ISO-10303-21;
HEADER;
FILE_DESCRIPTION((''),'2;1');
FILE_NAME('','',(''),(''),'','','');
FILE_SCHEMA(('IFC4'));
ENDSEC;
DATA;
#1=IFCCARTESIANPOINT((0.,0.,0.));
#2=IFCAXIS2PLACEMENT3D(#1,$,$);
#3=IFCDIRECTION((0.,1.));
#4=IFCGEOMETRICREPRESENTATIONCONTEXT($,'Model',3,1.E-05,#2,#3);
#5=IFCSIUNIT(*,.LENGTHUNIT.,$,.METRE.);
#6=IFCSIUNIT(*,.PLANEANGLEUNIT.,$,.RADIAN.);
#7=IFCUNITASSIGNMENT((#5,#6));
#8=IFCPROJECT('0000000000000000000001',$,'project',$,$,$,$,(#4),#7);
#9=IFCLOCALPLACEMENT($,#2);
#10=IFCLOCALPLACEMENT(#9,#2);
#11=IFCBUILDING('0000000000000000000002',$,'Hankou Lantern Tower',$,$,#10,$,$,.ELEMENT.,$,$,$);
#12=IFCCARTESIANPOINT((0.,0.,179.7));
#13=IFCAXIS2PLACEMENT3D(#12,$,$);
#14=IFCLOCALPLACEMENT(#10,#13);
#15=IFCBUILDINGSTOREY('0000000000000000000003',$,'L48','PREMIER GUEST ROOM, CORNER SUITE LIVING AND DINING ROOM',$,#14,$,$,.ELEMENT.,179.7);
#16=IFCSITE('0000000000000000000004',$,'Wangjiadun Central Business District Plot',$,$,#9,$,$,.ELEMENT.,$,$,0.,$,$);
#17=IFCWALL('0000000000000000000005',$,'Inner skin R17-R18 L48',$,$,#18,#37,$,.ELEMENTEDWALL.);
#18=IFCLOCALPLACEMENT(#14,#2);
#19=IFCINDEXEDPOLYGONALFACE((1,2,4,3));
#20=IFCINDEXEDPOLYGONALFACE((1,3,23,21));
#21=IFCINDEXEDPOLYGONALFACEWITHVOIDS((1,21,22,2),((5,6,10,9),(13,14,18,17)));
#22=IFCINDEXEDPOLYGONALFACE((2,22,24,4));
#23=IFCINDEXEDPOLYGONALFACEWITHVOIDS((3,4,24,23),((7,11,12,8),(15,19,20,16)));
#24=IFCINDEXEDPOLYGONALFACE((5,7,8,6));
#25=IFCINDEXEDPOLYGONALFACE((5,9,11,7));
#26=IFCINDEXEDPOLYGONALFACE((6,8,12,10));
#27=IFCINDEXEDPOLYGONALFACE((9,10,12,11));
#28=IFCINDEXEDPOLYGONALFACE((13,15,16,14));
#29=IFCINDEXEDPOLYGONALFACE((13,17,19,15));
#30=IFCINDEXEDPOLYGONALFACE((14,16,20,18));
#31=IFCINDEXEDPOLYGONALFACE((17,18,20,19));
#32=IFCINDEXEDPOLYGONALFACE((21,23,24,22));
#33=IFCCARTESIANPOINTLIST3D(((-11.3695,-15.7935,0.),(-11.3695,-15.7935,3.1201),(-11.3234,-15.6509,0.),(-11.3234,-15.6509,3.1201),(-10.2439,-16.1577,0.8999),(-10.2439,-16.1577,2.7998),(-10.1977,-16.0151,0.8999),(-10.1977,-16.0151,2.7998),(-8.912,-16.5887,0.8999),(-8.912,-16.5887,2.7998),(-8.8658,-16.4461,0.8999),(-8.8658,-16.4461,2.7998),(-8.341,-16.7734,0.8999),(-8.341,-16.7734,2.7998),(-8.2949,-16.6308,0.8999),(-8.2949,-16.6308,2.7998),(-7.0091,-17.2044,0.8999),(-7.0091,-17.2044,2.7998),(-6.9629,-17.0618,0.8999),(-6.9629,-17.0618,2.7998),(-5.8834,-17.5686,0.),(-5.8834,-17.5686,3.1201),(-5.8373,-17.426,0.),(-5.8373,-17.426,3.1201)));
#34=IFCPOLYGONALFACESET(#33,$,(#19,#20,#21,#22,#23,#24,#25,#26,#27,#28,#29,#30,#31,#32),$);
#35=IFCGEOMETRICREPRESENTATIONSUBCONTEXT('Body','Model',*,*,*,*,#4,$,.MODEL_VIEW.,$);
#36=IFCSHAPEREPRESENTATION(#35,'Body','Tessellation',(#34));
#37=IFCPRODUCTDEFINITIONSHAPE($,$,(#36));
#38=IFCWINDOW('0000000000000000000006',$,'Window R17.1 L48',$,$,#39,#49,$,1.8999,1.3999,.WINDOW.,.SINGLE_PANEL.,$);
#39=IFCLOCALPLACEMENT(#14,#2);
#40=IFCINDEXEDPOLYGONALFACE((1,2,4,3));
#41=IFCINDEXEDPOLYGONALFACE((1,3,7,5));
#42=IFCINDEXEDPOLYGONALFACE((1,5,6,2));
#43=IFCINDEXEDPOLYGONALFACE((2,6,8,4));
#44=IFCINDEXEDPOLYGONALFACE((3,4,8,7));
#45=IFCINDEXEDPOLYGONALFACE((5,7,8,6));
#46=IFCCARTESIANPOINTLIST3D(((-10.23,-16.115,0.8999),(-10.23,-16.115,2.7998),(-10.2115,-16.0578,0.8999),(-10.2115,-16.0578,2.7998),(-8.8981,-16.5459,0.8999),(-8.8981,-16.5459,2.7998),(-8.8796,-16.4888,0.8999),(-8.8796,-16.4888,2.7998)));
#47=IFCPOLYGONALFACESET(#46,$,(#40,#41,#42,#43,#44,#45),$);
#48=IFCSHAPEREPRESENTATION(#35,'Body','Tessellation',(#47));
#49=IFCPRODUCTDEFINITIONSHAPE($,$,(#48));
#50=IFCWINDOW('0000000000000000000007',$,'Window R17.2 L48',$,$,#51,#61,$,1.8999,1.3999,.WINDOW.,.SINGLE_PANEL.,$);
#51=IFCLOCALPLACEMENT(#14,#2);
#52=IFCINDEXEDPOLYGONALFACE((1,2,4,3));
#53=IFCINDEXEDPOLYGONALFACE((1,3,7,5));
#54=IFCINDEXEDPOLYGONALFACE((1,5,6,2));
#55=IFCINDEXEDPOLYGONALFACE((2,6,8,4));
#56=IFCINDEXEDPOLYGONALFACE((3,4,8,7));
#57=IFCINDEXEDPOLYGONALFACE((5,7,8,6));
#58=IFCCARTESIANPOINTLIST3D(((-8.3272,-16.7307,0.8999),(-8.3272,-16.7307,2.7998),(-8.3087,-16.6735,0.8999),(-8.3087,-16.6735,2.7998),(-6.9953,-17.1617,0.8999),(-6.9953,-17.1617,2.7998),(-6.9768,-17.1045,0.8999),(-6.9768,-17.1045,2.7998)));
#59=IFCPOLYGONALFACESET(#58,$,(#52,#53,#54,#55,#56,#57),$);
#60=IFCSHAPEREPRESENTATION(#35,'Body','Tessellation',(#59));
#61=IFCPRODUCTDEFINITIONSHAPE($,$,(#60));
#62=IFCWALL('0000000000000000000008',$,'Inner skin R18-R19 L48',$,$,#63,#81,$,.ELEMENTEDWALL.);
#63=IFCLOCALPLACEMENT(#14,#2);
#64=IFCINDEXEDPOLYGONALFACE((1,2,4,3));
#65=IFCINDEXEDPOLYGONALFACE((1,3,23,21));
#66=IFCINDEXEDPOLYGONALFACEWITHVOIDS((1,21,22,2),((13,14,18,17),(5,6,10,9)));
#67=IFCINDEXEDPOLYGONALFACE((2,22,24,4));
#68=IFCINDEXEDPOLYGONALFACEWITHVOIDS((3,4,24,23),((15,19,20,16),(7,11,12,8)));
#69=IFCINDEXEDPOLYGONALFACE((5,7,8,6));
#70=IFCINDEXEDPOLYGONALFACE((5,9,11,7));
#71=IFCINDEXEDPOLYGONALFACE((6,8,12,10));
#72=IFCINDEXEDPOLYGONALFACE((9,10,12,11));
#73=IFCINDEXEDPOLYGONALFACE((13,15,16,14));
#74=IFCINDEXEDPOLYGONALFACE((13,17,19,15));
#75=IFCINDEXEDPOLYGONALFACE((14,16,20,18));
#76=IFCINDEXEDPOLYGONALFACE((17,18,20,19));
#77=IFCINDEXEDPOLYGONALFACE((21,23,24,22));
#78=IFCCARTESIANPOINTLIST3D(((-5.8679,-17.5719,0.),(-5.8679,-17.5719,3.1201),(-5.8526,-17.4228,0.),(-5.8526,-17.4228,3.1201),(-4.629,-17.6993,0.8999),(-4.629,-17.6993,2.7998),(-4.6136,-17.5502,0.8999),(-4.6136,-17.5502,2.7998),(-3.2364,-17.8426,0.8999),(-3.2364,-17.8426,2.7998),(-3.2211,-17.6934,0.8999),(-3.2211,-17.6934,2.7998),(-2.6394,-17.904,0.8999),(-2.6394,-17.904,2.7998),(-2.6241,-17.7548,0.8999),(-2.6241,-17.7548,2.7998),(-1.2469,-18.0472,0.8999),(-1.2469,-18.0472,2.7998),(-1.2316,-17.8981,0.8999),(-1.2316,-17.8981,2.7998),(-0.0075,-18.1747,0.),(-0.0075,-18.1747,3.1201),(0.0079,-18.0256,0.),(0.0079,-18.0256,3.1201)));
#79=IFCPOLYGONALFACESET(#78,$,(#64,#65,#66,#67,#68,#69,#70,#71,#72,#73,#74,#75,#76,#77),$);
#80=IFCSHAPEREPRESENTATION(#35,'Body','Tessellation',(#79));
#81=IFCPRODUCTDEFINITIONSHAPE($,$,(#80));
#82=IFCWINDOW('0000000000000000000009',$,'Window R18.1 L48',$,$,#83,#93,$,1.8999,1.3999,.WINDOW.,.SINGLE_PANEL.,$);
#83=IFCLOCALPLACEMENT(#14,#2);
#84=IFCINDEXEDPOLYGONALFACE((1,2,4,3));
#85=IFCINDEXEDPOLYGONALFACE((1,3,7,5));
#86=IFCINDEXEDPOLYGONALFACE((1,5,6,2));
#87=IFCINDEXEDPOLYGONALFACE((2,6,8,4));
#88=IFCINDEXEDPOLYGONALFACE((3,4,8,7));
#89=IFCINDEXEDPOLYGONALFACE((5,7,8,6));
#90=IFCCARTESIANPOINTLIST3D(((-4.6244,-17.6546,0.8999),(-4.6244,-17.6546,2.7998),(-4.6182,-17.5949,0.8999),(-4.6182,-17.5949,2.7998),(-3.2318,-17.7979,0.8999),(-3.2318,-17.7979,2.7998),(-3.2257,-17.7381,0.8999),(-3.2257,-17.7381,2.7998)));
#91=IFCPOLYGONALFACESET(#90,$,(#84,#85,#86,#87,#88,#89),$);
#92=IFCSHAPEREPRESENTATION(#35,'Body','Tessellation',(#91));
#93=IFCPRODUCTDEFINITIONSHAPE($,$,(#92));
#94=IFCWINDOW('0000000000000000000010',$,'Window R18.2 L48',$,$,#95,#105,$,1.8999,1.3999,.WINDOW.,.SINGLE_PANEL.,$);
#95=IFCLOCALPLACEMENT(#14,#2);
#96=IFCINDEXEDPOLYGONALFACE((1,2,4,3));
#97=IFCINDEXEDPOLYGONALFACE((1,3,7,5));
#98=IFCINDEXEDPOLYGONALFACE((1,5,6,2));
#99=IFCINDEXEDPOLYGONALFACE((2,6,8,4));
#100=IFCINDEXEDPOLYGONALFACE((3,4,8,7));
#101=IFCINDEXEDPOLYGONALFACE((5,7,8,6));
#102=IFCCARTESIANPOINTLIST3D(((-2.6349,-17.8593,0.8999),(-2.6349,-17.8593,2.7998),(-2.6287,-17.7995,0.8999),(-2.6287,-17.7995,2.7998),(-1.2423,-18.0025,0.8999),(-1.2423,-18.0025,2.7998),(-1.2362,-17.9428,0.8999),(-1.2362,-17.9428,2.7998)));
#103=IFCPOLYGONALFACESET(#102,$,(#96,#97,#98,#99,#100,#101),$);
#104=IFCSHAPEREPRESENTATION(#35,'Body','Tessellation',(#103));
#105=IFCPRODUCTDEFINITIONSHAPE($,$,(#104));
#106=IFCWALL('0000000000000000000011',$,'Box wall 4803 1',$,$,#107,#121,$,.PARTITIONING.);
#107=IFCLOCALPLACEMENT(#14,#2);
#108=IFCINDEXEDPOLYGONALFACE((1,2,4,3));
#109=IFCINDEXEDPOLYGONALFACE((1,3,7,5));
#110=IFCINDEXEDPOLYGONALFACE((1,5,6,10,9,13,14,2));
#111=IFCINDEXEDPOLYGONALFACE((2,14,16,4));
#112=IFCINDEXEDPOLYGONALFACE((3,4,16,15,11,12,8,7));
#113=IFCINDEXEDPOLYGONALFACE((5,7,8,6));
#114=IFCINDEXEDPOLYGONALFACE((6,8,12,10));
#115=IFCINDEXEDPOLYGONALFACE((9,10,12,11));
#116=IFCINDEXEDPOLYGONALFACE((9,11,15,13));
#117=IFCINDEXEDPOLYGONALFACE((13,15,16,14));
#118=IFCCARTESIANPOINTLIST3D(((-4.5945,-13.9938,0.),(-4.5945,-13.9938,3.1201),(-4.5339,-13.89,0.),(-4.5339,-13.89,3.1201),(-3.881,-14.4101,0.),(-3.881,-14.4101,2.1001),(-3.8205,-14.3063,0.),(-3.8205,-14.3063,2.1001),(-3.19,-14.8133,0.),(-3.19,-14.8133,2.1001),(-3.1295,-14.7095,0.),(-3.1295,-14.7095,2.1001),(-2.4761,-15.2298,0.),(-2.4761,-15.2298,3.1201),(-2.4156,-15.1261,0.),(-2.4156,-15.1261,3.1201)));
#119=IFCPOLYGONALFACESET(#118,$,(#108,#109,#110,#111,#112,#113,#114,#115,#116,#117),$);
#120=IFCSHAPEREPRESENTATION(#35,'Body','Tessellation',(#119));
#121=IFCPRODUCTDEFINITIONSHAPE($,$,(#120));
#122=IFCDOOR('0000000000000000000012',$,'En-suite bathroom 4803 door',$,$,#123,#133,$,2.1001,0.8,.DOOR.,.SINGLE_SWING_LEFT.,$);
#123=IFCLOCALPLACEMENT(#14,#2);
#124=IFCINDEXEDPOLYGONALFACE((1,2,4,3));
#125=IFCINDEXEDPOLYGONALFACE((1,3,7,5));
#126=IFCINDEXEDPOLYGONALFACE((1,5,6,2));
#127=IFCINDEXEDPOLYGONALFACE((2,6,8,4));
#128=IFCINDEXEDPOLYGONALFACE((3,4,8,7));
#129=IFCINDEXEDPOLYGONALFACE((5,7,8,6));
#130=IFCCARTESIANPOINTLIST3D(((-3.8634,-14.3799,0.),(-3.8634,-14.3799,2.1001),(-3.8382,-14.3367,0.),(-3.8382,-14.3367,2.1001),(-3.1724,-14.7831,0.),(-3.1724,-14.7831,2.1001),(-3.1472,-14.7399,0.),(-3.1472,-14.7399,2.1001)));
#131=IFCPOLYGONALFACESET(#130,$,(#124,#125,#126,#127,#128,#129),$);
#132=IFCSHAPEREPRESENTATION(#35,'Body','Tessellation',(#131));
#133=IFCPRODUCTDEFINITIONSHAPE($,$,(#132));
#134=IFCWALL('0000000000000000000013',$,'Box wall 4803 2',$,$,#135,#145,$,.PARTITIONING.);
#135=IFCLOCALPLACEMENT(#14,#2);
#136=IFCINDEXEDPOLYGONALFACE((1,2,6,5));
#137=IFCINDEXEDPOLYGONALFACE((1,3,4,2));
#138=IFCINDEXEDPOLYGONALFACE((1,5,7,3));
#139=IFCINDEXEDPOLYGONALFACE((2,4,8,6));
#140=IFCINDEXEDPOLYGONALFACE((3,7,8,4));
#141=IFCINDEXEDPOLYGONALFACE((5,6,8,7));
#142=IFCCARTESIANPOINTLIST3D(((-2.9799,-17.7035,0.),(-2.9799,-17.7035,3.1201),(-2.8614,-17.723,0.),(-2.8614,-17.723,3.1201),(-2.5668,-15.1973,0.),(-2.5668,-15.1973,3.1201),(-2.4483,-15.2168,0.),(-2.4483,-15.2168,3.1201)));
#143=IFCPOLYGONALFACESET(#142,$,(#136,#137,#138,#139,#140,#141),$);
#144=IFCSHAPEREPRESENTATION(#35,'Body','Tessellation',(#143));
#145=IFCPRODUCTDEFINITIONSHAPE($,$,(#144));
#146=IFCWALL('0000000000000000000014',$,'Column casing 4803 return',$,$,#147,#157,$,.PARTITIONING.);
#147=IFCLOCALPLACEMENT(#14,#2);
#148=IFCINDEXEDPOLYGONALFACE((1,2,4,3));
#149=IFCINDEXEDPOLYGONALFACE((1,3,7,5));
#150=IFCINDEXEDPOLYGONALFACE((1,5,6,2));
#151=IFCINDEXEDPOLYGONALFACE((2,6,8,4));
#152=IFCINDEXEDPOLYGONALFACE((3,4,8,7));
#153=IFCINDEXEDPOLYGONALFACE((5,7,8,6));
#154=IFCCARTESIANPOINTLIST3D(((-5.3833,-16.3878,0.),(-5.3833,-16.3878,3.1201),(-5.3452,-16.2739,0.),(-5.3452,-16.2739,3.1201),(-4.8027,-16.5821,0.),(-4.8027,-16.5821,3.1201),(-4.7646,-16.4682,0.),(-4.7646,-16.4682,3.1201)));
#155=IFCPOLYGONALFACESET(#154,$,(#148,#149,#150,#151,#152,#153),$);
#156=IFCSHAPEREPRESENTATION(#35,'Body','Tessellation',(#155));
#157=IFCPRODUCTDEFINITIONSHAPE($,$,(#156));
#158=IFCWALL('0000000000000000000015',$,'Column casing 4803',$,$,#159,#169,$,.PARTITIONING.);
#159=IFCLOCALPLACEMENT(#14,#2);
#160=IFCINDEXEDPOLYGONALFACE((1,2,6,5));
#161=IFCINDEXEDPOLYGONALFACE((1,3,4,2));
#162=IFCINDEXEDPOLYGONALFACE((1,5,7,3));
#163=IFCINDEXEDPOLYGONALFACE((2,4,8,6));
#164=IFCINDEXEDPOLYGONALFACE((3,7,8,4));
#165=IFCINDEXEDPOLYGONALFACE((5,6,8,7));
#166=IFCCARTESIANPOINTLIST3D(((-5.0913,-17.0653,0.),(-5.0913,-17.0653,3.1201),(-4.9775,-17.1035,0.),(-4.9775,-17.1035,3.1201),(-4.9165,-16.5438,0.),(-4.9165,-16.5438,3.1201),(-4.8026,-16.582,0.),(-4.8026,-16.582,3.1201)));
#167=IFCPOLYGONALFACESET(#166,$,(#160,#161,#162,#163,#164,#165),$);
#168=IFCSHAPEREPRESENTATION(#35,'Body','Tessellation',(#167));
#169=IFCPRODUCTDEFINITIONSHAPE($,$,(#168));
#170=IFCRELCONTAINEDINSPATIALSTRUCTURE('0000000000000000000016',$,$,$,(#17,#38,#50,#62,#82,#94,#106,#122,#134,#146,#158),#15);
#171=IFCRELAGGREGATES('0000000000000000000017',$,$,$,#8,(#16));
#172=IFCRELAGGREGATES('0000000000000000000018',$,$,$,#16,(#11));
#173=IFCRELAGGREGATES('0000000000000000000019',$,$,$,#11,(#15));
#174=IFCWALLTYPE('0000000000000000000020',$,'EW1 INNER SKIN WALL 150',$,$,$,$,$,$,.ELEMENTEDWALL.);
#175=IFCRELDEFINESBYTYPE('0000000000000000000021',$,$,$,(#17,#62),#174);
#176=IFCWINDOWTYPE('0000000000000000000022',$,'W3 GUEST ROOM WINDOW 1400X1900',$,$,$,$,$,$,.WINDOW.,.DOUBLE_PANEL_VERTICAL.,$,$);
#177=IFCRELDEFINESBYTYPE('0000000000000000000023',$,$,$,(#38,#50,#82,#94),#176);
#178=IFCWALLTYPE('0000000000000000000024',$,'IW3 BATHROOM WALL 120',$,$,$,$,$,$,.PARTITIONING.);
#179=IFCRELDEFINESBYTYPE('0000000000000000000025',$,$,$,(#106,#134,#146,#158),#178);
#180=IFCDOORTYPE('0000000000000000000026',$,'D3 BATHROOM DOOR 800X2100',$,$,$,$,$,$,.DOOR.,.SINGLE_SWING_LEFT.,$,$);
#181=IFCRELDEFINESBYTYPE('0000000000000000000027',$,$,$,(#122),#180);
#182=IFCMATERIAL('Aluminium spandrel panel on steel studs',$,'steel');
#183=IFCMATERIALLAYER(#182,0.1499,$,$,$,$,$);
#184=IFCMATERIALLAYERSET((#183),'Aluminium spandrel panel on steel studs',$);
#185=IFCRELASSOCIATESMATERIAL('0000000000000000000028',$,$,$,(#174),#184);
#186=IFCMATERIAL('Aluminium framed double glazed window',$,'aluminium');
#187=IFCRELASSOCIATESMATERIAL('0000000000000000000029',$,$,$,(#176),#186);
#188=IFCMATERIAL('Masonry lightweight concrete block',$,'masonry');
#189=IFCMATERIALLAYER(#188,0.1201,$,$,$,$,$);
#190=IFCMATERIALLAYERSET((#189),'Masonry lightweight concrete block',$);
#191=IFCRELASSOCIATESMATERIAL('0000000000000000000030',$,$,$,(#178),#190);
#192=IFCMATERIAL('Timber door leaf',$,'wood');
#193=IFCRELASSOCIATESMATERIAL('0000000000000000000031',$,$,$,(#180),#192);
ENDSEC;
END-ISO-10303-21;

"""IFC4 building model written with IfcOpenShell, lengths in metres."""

from ifc_helpers import new_model, si_unit, direction, frame, frame_2d, origin, place, context, subcontext, project, spatial, rectangle, extrude, material, layer, layer_set, type_object, element, fill, save


model = new_model("IFC4")

# Units and contexts
model_context = context("Model", 3, precision=1e-05, world=origin(), true_north=direction((0.0, 1.0)))
body_context = subcontext(model_context, "Body", "Model", "MODEL_VIEW")
ifc_project = project(units=[si_unit("LENGTHUNIT", "METRE"), si_unit("PLANEANGLEUNIT", "RADIAN")], contexts=[model_context])

# Site, building, storey
site_placement = place(None, origin())
site = spatial("IfcSite", under=ifc_project, at=site_placement, Name="Wangjiadun Central Business District Plot", CompositionType="ELEMENT", RefElevation=0.0)
building_placement = place(site_placement, origin())
building = spatial("IfcBuilding", under=site, at=building_placement, Name="Hankou Lantern Tower", CompositionType="ELEMENT")
storey_placement = place(building_placement, frame((0.0, 0.0, 179.7)))
storey = spatial("IfcBuildingStorey", under=building, at=storey_placement, Name="L48", Description="PREMIER GUEST ROOM, CORNER SUITE LIVING AND DINING ROOM", CompositionType="ELEMENT", Elevation=179.7)

# Walls, openings, windows
ifc_material_1 = material(Name="Aluminium spandrel panel on steel studs", Category="steel")
ifc_layer_1 = layer(ifc_material_1, 0.1499)
ifc_layer_set_1 = layer_set([ifc_layer_1], Name="Aluminium spandrel panel on steel studs")
wall_type_1 = type_object("IfcWallType", Name="EW1 INNER SKIN WALL 150", PredefinedType="ELEMENTEDWALL", material=ifc_layer_set_1)
wall_1_placement = place(storey_placement, frame((-11.3464, -15.7222, 0.0), z_axis=(0.0, 0.0, 1.0), x_axis=(0.951432, -0.307857, 0.0)))
wall_1 = element("IfcWall", 1, at=wall_1_placement, inside=storey, type_object=wall_type_1, Name="Inner skin R17-R18 L48", PredefinedType="ELEMENTEDWALL", context=body_context, shape_type="SweptSolid", body=[
    extrude(rectangle(XDim=5.7661, YDim=0.1499, at=frame_2d((2.8831, 0.0))), origin(), (0.0, 0.0, 1.0), 3.1201),
])
opening_1_placement = place(wall_1_placement, frame((1.1831, 0.0, 0.8999)))
opening_1 = element("IfcOpeningElement", 2, at=opening_1_placement, cuts=wall_1, PredefinedType="OPENING", context=body_context, shape_type="SweptSolid", body=[
    extrude(rectangle(XDim=1.3999, YDim=1.8999, at=frame_2d((0.7, 0.95))), frame((0.0, 0.085, 0.0), z_axis=(0.0, -1.0, 0.0), x_axis=(1.0, 0.0, 0.0)), (0.0, 0.0, 1.0), 0.1699),
])
opening_2_placement = place(wall_1_placement, frame((3.1831, 0.0, 0.8999)))
opening_2 = element("IfcOpeningElement", 3, at=opening_2_placement, cuts=wall_1, PredefinedType="OPENING", context=body_context, shape_type="SweptSolid", body=[
    extrude(rectangle(XDim=1.3999, YDim=1.8999, at=frame_2d((0.7, 0.95))), frame((0.0, 0.085, 0.0), z_axis=(0.0, -1.0, 0.0), x_axis=(1.0, 0.0, 0.0)), (0.0, 0.0, 1.0), 0.1699),
])
ifc_material_2 = material(Name="Aluminium framed double glazed window", Category="aluminium")
window_type = type_object("IfcWindowType", Name="W3 GUEST ROOM WINDOW 1400X1900", PartitioningType="DOUBLE_PANEL_VERTICAL", PredefinedType="WINDOW", material=ifc_material_2)
window_1_placement = place(opening_1_placement, origin())
window_1 = element("IfcWindow", 4, at=window_1_placement, inside=storey, type_object=window_type, Name="Window R17.1 L48", OverallHeight=1.8999, OverallWidth=1.3999, PartitioningType="SINGLE_PANEL", PredefinedType="WINDOW", context=body_context, shape_type="SweptSolid", body=[
    extrude(rectangle(XDim=1.3999, YDim=1.8999, at=frame_2d((0.7, 0.95))), frame((0.0, 0.03, 0.0), z_axis=(0.0, -1.0, 0.0), x_axis=(1.0, 0.0, 0.0)), (0.0, 0.0, 1.0), 0.0601),
])
fill(opening_1, window_1)
window_2_placement = place(opening_2_placement, origin())
window_2 = element("IfcWindow", 5, at=window_2_placement, inside=storey, type_object=window_type, Name="Window R17.2 L48", OverallHeight=1.8999, OverallWidth=1.3999, PartitioningType="SINGLE_PANEL", PredefinedType="WINDOW", context=body_context, shape_type="SweptSolid", body=[
    extrude(rectangle(XDim=1.3999, YDim=1.8999, at=frame_2d((0.7, 0.95))), frame((0.0, 0.03, 0.0), z_axis=(0.0, -1.0, 0.0), x_axis=(1.0, 0.0, 0.0)), (0.0, 0.0, 1.0), 0.0601),
])
fill(opening_2, window_2)
wall_2_placement = place(storey_placement, frame((-5.8604, -17.4973, 0.0), z_axis=(0.0, 0.0, 1.0), x_axis=(0.994752, -0.102318, 0.0)))
wall_2 = element("IfcWall", 6, at=wall_2_placement, inside=storey, type_object=wall_type_1, Name="Inner skin R18-R19 L48", PredefinedType="ELEMENTEDWALL", context=body_context, shape_type="SweptSolid", body=[
    extrude(rectangle(XDim=5.8914, YDim=0.1499, at=frame_2d((2.9458, 0.0))), origin(), (0.0, 0.0, 1.0), 3.1201),
])
opening_3_placement = place(wall_2_placement, frame((1.2456, 0.0, 0.8999)))
opening_3 = element("IfcOpeningElement", 7, at=opening_3_placement, cuts=wall_2, PredefinedType="OPENING", context=body_context, shape_type="SweptSolid", body=[
    extrude(rectangle(XDim=1.3999, YDim=1.8999, at=frame_2d((0.7, 0.95))), frame((0.0, 0.085, 0.0), z_axis=(0.0, -1.0, 0.0), x_axis=(1.0, 0.0, 0.0)), (0.0, 0.0, 1.0), 0.1699),
])
opening_4_placement = place(wall_2_placement, frame((3.2456, 0.0, 0.8999)))
opening_4 = element("IfcOpeningElement", 8, at=opening_4_placement, cuts=wall_2, PredefinedType="OPENING", context=body_context, shape_type="SweptSolid", body=[
    extrude(rectangle(XDim=1.3999, YDim=1.8999, at=frame_2d((0.7, 0.95))), frame((0.0, 0.085, 0.0), z_axis=(0.0, -1.0, 0.0), x_axis=(1.0, 0.0, 0.0)), (0.0, 0.0, 1.0), 0.1699),
])
window_3_placement = place(opening_3_placement, origin())
window_3 = element("IfcWindow", 9, at=window_3_placement, inside=storey, type_object=window_type, Name="Window R18.1 L48", OverallHeight=1.8999, OverallWidth=1.3999, PartitioningType="SINGLE_PANEL", PredefinedType="WINDOW", context=body_context, shape_type="SweptSolid", body=[
    extrude(rectangle(XDim=1.3999, YDim=1.8999, at=frame_2d((0.7, 0.95))), frame((0.0, 0.03, 0.0), z_axis=(0.0, -1.0, 0.0), x_axis=(1.0, 0.0, 0.0)), (0.0, 0.0, 1.0), 0.0601),
])
fill(opening_3, window_3)
window_4_placement = place(opening_4_placement, origin())
window_4 = element("IfcWindow", 10, at=window_4_placement, inside=storey, type_object=window_type, Name="Window R18.2 L48", OverallHeight=1.8999, OverallWidth=1.3999, PartitioningType="SINGLE_PANEL", PredefinedType="WINDOW", context=body_context, shape_type="SweptSolid", body=[
    extrude(rectangle(XDim=1.3999, YDim=1.8999, at=frame_2d((0.7, 0.95))), frame((0.0, 0.03, 0.0), z_axis=(0.0, -1.0, 0.0), x_axis=(1.0, 0.0, 0.0)), (0.0, 0.0, 1.0), 0.0601),
])
fill(opening_4, window_4)

# Wall, opening, door
ifc_material_3 = material(Name="Masonry lightweight concrete block", Category="masonry")
ifc_layer_2 = layer(ifc_material_3, 0.1201)
ifc_layer_set_2 = layer_set([ifc_layer_2], Name="Masonry lightweight concrete block")
wall_type_2 = type_object("IfcWallType", Name="IW3 BATHROOM WALL 120", PredefinedType="PARTITIONING", material=ifc_layer_set_2)
wall_3_placement = place(storey_placement, frame((-4.5642, -13.9419, 0.0), z_axis=(0.0, 0.0, 1.0), x_axis=(0.863718, -0.503976, 0.0)))
wall_3 = element("IfcWall", 11, at=wall_3_placement, inside=storey, type_object=wall_type_2, Name="Box wall 4803 1", PredefinedType="PARTITIONING", context=body_context, shape_type="SweptSolid", body=[
    extrude(rectangle(XDim=2.4526, YDim=0.1201, at=frame_2d((1.2263, 0.0))), origin(), (0.0, 0.0, 1.0), 3.1201),
])
opening_5_placement = place(wall_3_placement, frame((0.8262, 0.0, 0.0)))
opening_5 = element("IfcOpeningElement", 12, at=opening_5_placement, cuts=wall_3, PredefinedType="OPENING", context=body_context, shape_type="SweptSolid", body=[
    extrude(rectangle(XDim=0.8, YDim=2.1001, at=frame_2d((0.3999, 1.05))), frame((0.0, 0.0701, 0.0), z_axis=(0.0, -1.0, 0.0), x_axis=(1.0, 0.0, 0.0)), (0.0, 0.0, 1.0), 0.1401),
])
ifc_material_4 = material(Name="Timber door leaf", Category="wood")
door_type = type_object("IfcDoorType", Name="D3 BATHROOM DOOR 800X2100", OperationType="SINGLE_SWING_LEFT", PredefinedType="DOOR", material=ifc_material_4)
door_placement = place(opening_5_placement, origin())
door = element("IfcDoor", 13, at=door_placement, inside=storey, type_object=door_type, Name="En-suite bathroom 4803 door", OperationType="SINGLE_SWING_LEFT", OverallHeight=2.1001, OverallWidth=0.8, PredefinedType="DOOR", context=body_context, shape_type="SweptSolid", body=[
    extrude(rectangle(XDim=0.8, YDim=2.1001, at=frame_2d((0.3999, 1.05))), frame((0.0, 0.0249, 0.0), z_axis=(0.0, -1.0, 0.0), x_axis=(1.0, 0.0, 0.0)), (0.0, 0.0, 1.0), 0.05),
])
fill(opening_5, door)

# Walls
wall_4_placement = place(storey_placement, frame((-2.5076, -15.207, 0.0), z_axis=(0.0, 0.0, 1.0), x_axis=(-0.162637, -0.986686, 0.0)))
element("IfcWall", 14, at=wall_4_placement, inside=storey, type_object=wall_type_2, Name="Box wall 4803 2", PredefinedType="PARTITIONING", context=body_context, shape_type="SweptSolid", body=[
    extrude(rectangle(XDim=2.54, YDim=0.1201, at=frame_2d((1.27, 0.0))), origin(), (0.0, 0.0, 1.0), 3.1201),
])
wall_5_placement = place(storey_placement, frame((-5.3643, -16.3308, 0.0), z_axis=(0.0, 0.0, 1.0), x_axis=(0.948284, -0.317424, 0.0)))
element("IfcWall", 15, at=wall_5_placement, inside=storey, type_object=wall_type_2, Name="Column casing 4803 return", PredefinedType="PARTITIONING", context=body_context, shape_type="SweptSolid", body=[
    extrude(rectangle(XDim=0.6123, YDim=0.1201, at=frame_2d((0.3062, 0.0))), origin(), (0.0, 0.0, 1.0), 3.1201),
])
wall_6_placement = place(storey_placement, frame((-4.8596, -16.563, 0.0), z_axis=(0.0, 0.0, 1.0), x_axis=(-0.317825, -0.948149, 0.0)))
element("IfcWall", 16, at=wall_6_placement, inside=storey, type_object=wall_type_2, Name="Column casing 4803", PredefinedType="PARTITIONING", context=body_context, shape_type="SweptSolid", body=[
    extrude(rectangle(XDim=0.55, YDim=0.1201, at=frame_2d((0.2749, 0.0))), origin(), (0.0, 0.0, 1.0), 3.1201),
])

save(model, "model.ifc")
